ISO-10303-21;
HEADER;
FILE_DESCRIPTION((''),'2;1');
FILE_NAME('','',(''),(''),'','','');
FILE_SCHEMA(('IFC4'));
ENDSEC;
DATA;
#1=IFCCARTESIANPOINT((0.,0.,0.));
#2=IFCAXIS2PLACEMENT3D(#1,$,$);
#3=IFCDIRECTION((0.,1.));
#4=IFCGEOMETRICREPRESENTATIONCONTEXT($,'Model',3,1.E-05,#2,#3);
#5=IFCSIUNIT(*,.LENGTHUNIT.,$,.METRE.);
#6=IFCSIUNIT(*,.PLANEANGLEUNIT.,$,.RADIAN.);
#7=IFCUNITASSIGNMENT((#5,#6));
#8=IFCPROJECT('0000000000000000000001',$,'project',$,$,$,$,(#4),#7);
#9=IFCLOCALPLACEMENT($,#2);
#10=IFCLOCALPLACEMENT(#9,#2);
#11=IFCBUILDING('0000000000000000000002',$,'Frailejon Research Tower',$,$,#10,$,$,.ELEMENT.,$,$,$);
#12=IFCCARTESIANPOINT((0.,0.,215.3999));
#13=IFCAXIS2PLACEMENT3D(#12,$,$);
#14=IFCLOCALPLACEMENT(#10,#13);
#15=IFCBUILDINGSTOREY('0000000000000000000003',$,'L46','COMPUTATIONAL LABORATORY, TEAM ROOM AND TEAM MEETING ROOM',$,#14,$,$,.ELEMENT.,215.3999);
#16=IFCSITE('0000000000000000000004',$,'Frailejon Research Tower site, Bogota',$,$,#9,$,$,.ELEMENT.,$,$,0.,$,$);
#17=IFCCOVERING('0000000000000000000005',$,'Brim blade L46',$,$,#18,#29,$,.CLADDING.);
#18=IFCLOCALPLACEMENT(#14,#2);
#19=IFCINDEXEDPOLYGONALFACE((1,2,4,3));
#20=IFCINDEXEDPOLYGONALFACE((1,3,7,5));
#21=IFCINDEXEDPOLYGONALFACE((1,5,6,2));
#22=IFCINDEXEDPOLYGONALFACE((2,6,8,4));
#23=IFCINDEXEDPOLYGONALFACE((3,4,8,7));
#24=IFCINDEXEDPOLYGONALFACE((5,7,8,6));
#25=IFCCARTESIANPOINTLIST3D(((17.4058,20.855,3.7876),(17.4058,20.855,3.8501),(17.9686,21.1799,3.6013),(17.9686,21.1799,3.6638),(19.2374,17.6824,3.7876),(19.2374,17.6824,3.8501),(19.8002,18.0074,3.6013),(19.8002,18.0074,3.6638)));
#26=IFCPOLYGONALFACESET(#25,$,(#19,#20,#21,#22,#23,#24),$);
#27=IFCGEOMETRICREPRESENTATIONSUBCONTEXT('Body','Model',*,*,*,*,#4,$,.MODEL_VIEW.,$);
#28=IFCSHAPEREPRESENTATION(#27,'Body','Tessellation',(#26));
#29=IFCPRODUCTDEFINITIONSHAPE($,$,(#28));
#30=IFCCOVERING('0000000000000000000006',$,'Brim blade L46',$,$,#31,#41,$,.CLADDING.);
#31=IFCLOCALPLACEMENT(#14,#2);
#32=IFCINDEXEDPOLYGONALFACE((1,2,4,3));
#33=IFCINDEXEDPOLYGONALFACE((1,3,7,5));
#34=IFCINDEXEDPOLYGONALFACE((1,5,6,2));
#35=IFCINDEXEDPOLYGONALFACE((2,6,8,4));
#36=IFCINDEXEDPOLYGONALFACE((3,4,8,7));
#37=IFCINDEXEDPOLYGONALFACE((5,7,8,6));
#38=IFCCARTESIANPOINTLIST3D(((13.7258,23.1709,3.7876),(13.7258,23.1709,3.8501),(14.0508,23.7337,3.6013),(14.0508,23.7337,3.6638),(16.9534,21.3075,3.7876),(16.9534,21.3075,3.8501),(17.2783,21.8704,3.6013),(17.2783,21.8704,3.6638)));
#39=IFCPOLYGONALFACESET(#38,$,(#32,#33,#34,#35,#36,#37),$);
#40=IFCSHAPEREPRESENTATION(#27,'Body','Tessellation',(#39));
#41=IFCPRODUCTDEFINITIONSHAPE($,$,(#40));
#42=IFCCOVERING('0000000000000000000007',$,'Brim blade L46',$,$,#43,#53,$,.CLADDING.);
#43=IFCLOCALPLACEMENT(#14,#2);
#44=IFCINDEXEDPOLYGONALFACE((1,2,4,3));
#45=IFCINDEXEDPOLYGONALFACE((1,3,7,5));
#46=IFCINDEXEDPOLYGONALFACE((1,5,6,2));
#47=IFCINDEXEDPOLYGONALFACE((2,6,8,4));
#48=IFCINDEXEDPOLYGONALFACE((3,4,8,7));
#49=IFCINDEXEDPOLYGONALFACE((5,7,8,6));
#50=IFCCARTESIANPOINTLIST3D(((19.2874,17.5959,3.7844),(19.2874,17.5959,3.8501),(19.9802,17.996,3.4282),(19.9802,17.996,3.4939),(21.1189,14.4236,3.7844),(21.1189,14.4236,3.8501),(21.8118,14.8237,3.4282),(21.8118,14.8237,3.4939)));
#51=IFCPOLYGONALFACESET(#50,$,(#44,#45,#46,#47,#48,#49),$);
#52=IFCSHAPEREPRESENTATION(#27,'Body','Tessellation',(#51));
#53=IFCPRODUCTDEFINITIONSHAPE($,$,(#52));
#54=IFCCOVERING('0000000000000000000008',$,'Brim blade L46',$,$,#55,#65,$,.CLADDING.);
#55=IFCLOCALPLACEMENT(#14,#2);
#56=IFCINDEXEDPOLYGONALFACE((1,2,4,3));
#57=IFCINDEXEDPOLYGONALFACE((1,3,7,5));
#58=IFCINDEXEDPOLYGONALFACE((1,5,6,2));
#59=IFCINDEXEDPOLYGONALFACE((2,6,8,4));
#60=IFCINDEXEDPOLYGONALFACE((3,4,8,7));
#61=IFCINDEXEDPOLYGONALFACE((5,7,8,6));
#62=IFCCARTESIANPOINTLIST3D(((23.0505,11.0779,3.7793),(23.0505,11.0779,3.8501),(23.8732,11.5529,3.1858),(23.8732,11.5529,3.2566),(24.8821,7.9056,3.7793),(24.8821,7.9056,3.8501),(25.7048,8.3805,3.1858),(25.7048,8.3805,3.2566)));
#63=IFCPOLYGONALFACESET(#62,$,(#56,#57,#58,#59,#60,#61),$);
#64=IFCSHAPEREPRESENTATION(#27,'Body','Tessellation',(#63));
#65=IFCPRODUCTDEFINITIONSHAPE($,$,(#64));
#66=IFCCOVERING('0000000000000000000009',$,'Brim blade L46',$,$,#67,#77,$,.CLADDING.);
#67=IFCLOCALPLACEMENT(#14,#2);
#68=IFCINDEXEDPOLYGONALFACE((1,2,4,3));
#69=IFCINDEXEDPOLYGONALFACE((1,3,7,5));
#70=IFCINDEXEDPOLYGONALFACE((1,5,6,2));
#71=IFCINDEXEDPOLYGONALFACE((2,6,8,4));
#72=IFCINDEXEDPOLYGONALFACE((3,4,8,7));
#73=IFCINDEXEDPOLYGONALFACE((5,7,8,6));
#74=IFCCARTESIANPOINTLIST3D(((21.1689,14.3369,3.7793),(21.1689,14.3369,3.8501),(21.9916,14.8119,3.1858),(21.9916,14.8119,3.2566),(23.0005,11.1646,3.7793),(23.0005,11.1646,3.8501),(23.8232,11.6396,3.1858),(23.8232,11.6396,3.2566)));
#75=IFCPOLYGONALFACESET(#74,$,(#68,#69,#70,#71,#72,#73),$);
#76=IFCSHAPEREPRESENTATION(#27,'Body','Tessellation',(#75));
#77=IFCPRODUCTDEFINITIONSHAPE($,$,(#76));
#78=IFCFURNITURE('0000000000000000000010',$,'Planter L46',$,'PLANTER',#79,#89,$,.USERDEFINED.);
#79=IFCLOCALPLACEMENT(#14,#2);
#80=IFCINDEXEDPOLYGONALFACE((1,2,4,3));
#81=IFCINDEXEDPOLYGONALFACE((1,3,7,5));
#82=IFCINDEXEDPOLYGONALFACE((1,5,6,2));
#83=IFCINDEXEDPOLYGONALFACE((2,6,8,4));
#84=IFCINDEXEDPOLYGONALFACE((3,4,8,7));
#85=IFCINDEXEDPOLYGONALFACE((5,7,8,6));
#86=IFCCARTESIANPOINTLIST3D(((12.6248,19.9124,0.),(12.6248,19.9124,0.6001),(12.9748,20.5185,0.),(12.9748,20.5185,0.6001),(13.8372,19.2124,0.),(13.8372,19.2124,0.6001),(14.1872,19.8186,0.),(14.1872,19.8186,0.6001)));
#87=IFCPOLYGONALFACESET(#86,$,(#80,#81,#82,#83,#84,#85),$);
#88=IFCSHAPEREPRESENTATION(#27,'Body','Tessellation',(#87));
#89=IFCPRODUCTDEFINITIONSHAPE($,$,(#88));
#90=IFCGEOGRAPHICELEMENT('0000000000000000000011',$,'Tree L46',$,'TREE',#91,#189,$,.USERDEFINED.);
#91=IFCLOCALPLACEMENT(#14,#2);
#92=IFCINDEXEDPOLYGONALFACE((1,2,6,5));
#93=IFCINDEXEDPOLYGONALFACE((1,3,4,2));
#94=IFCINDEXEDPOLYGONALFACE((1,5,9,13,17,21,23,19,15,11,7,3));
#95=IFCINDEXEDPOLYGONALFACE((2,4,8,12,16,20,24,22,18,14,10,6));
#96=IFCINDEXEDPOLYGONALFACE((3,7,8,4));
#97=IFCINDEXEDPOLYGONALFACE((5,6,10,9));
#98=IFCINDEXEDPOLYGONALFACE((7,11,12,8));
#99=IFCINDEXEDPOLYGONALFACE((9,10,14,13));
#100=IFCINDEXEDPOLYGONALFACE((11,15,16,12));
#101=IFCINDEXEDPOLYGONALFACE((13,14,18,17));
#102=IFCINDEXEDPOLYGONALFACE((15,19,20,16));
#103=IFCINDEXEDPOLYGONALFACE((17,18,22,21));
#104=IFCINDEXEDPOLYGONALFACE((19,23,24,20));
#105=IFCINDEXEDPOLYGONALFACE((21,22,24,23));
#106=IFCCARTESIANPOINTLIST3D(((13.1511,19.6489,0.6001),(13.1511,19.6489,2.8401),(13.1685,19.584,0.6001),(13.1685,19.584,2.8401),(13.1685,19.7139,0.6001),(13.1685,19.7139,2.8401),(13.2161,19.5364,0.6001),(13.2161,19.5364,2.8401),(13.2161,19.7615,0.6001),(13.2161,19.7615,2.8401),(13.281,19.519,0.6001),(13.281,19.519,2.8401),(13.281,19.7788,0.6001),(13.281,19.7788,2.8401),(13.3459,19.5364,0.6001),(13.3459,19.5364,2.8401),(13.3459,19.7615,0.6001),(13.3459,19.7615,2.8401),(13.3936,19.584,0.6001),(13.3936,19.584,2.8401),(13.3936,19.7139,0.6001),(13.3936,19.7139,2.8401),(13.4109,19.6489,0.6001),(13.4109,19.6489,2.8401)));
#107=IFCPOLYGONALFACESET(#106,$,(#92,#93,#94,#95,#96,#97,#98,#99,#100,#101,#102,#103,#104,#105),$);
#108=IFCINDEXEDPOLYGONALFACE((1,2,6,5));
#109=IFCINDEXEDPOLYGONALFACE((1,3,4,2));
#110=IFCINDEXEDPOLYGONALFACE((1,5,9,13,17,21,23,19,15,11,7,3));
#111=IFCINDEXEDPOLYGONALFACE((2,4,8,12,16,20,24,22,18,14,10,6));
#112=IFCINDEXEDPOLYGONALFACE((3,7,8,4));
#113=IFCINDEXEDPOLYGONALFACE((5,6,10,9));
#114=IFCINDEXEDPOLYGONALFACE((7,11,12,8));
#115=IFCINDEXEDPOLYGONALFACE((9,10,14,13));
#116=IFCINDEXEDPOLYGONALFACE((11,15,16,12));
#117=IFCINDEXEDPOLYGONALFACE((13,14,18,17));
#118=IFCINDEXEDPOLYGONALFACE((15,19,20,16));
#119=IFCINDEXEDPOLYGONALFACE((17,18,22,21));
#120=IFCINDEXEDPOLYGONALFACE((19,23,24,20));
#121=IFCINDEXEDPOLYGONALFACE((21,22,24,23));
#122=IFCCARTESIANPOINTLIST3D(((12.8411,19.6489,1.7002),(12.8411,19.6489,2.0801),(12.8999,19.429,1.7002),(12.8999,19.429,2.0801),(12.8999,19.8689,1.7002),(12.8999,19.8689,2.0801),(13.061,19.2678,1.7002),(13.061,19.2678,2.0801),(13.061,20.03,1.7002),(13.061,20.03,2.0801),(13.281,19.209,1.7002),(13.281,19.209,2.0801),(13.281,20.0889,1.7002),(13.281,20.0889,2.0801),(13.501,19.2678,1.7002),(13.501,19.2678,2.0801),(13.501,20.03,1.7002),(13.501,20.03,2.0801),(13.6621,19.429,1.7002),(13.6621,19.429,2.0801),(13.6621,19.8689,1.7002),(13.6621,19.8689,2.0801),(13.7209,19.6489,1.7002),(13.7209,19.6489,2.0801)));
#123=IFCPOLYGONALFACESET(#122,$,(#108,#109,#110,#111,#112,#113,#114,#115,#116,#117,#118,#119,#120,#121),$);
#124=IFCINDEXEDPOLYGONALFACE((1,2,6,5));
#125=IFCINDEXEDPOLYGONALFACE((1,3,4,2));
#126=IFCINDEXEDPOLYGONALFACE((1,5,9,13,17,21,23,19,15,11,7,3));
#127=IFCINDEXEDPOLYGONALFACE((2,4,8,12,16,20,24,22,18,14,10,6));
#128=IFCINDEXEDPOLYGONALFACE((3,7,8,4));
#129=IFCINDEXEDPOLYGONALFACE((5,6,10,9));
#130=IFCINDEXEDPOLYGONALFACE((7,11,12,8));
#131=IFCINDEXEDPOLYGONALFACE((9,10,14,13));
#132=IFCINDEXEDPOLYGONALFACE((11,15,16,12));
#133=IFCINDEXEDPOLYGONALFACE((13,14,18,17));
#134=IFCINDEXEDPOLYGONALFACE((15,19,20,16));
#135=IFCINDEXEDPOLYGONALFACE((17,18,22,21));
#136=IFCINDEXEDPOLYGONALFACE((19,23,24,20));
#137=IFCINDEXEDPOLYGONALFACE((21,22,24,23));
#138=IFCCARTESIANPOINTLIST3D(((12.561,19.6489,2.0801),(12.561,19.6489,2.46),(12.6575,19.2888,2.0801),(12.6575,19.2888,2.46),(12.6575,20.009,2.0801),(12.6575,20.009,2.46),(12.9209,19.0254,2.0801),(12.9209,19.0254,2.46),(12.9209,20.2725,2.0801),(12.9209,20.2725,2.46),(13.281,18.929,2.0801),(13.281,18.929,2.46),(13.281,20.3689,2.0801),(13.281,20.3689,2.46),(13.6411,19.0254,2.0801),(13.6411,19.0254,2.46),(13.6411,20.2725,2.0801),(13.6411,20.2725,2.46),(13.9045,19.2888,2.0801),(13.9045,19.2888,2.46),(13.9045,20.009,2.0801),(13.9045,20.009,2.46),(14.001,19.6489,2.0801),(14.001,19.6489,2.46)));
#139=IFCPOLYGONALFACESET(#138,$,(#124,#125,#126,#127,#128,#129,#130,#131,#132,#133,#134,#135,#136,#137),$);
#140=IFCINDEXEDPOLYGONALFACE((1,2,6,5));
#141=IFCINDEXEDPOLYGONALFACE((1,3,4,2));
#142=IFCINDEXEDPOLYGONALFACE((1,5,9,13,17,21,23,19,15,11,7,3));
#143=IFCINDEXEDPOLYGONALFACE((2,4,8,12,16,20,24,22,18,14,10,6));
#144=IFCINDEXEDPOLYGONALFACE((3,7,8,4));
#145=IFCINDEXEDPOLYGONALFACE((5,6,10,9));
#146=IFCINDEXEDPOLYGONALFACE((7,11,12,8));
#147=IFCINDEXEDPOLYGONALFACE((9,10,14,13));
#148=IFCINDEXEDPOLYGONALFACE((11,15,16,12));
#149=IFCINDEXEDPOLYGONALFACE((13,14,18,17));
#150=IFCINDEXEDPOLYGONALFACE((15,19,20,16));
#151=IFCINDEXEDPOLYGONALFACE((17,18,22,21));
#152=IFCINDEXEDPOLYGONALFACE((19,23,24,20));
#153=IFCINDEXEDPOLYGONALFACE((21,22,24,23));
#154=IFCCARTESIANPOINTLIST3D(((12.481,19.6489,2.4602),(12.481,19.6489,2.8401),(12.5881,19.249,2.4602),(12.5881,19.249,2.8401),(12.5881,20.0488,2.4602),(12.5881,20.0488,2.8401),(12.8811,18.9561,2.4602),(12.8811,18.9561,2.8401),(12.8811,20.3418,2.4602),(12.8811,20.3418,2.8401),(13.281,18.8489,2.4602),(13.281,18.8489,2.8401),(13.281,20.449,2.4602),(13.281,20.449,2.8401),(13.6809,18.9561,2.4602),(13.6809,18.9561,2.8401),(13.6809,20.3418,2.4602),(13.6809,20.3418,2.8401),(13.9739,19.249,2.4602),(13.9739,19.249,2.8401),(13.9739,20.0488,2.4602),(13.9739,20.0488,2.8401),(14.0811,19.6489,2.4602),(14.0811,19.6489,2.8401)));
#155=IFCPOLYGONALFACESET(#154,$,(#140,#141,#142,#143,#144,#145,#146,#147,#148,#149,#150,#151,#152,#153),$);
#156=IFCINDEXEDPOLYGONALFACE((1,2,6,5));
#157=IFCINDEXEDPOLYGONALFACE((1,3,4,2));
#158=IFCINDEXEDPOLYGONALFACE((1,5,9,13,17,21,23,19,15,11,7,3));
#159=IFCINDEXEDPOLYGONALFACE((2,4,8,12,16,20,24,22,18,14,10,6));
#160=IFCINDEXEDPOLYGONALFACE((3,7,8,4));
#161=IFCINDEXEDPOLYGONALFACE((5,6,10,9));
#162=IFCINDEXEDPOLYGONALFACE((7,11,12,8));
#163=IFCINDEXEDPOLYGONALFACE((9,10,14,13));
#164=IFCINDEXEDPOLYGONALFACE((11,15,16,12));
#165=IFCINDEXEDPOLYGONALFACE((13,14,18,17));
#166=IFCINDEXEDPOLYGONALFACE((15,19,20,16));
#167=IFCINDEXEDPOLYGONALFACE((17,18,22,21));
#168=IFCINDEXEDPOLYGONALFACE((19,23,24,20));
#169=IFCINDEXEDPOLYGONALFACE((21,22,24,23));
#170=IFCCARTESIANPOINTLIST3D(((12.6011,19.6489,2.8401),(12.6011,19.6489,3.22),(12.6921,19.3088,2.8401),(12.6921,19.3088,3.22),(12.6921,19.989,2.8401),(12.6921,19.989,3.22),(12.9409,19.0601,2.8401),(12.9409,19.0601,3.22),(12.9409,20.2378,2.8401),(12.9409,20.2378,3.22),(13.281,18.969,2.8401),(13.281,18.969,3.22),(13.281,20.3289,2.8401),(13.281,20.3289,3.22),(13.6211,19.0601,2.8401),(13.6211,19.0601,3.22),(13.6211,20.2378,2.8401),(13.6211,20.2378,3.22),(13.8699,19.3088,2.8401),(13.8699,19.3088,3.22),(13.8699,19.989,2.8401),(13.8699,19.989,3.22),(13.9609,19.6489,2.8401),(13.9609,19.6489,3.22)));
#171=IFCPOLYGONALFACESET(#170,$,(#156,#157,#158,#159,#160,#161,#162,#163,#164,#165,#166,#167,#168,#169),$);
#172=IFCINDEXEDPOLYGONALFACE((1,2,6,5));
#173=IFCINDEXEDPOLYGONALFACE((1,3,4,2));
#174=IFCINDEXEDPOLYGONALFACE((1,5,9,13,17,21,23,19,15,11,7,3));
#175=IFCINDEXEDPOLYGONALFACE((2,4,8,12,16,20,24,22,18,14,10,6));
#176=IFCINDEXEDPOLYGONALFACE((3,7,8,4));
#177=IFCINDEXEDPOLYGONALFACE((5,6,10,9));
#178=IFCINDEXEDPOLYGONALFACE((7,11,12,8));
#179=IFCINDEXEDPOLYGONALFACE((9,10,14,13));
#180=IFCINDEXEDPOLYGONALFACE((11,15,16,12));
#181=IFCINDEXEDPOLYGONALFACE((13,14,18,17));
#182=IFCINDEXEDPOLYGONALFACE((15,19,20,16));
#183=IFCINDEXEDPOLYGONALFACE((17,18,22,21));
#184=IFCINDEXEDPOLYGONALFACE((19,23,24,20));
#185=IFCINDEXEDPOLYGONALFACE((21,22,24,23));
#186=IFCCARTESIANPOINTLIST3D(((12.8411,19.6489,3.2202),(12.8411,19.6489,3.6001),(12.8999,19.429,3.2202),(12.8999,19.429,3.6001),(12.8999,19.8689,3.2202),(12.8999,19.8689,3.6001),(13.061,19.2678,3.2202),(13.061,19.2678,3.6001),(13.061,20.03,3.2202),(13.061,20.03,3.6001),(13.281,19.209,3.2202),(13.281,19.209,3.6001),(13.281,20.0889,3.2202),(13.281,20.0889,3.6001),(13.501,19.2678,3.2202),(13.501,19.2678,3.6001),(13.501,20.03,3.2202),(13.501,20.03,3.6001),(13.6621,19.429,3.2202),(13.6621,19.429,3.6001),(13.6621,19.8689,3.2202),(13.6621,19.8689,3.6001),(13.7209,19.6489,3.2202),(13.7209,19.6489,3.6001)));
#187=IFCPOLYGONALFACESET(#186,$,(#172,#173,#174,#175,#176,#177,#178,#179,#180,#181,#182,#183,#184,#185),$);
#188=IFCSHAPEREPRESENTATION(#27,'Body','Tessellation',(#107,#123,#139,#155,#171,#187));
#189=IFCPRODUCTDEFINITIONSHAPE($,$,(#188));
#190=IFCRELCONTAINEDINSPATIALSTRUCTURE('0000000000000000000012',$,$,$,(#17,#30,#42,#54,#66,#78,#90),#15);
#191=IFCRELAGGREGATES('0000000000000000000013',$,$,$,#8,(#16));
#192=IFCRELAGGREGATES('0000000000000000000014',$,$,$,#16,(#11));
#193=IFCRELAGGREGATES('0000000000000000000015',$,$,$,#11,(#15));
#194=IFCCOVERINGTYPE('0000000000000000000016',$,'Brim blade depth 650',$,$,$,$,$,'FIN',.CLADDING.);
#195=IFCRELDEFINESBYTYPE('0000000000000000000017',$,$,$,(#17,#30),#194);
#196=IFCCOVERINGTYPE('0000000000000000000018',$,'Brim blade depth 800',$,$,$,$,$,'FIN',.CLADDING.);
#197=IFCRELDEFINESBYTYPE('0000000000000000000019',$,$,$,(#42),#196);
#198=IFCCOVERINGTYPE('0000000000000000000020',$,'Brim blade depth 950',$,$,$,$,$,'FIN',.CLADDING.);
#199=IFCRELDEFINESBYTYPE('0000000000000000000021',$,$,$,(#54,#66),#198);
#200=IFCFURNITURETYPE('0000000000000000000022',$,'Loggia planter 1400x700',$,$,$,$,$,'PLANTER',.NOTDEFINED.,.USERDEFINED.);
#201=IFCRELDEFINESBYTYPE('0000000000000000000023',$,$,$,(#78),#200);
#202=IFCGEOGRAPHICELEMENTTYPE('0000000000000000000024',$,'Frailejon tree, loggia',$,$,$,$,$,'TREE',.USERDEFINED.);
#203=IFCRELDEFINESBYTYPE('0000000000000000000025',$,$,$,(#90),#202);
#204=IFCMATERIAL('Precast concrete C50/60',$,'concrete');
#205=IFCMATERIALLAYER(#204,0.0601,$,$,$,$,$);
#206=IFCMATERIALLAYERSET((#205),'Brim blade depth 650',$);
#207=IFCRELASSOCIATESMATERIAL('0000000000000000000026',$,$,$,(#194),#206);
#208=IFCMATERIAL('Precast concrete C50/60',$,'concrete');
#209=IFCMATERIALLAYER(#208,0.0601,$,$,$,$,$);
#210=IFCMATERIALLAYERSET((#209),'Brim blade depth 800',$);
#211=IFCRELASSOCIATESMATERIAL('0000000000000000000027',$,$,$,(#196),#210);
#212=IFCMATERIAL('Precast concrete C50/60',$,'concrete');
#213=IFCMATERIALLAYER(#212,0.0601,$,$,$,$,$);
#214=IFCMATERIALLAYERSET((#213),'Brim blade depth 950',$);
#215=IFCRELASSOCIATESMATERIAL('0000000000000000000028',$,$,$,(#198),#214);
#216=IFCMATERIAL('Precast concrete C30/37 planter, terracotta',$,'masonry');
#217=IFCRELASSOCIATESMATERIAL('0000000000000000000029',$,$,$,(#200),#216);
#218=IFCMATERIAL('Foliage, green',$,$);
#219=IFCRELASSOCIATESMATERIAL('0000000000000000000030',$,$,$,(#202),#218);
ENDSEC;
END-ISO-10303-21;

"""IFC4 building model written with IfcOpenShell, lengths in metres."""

from ifc_helpers import new_model, si_unit, direction, frame, origin, origin_2d, place, context, subcontext, project, spatial, polyline, rectangle, outline, extrude, material, layer, layer_set, type_object, element, save


model = new_model("IFC4")

# Units and contexts
model_context = context("Model", 3, precision=1e-05, world=origin(), true_north=direction((0.0, 1.0)))
body_context = subcontext(model_context, "Body", "Model", "MODEL_VIEW")
ifc_project = project(units=[si_unit("LENGTHUNIT", "METRE"), si_unit("PLANEANGLEUNIT", "RADIAN")], contexts=[model_context])

# Site, building, storey
site_placement = place(None, origin())
site = spatial("IfcSite", under=ifc_project, at=site_placement, Name="Frailejon Research Tower site, Bogota", CompositionType="ELEMENT", RefElevation=0.0)
building_placement = place(site_placement, origin())
building = spatial("IfcBuilding", under=site, at=building_placement, Name="Frailejon Research Tower", CompositionType="ELEMENT")
storey_placement = place(building_placement, frame((0.0, 0.0, 215.3999)))
storey = spatial("IfcBuildingStorey", under=building, at=storey_placement, Name="L46", Description="COMPUTATIONAL LABORATORY, TEAM ROOM AND TEAM MEETING ROOM", CompositionType="ELEMENT", Elevation=215.3999)

# Coverings
ifc_material_1 = material(Name="Precast concrete C50/60", Category="concrete")
ifc_layer_1 = layer(ifc_material_1, 0.0601)
ifc_layer_set_1 = layer_set([ifc_layer_1], Name="Brim blade depth 650")
covering_type_1 = type_object("IfcCoveringType", Name="Brim blade depth 650", ElementType="FIN", PredefinedType="CLADDING", material=ifc_layer_set_1)
covering_1_placement = place(storey_placement, frame((17.4058, 20.855, 3.8501), z_axis=(0.499992, -0.86603, 0.0), x_axis=(0.86603, 0.499992, 0.0)))
element("IfcCovering", 1, at=covering_1_placement, inside=storey, type_object=covering_type_1, Name="Brim blade L46", PredefinedType="CLADDING", context=body_context, shape_type="SweptSolid", body=[
    extrude(outline(polyline([(0.0, -0.0625), (0.6499, -0.2488), (0.6499, -0.1863), (0.0, 0.0), (0.0, -0.0625)])), origin(), (0.0, 0.0, 1.0), 3.6633),
])
covering_2_placement = place(storey_placement, frame((13.7258, 23.1709, 3.8501), z_axis=(0.86603, -0.499992, 0.0), x_axis=(0.499992, 0.86603, 0.0)))
element("IfcCovering", 2, at=covering_2_placement, inside=storey, type_object=covering_type_1, Name="Brim blade L46", PredefinedType="CLADDING", context=body_context, shape_type="SweptSolid", body=[
    extrude(outline(polyline([(0.0, -0.0625), (0.6499, -0.2488), (0.6499, -0.1863), (0.0, 0.0), (0.0, -0.0625)])), origin(), (0.0, 0.0, 1.0), 3.7268),
])
ifc_material_2 = material(Name="Precast concrete C50/60", Category="concrete")
ifc_layer_2 = layer(ifc_material_2, 0.0601)
ifc_layer_set_2 = layer_set([ifc_layer_2], Name="Brim blade depth 800")
covering_type_2 = type_object("IfcCoveringType", Name="Brim blade depth 800", ElementType="FIN", PredefinedType="CLADDING", material=ifc_layer_set_2)
covering_3_placement = place(storey_placement, frame((19.2874, 17.5959, 3.8501), z_axis=(0.500003, -0.866024, 0.0), x_axis=(0.866024, 0.500003, 0.0)))
element("IfcCovering", 3, at=covering_3_placement, inside=storey, type_object=covering_type_2, Name="Brim blade L46", PredefinedType="CLADDING", context=body_context, shape_type="SweptSolid", body=[
    extrude(outline(polyline([(0.0, -0.0657), (0.8, -0.4219), (0.8, -0.3562), (0.0, 0.0), (0.0, -0.0657)])), origin(), (0.0, 0.0, 1.0), 3.6631),
])
ifc_material_3 = material(Name="Precast concrete C50/60", Category="concrete")
ifc_layer_3 = layer(ifc_material_3, 0.0601)
ifc_layer_set_3 = layer_set([ifc_layer_3], Name="Brim blade depth 950")
covering_type_3 = type_object("IfcCoveringType", Name="Brim blade depth 950", ElementType="FIN", PredefinedType="CLADDING", material=ifc_layer_set_3)
for number, where, z_axis, x_axis, name in (
    (4, (23.0505, 11.0779, 3.8501), (0.500003, -0.866024, 0.0), (0.866024, 0.500003, 0.0), "Brim blade L46"),
    (5, (21.1689, 14.3369, 3.8501), (0.500003, -0.866024, 0.0), (0.866024, 0.500003, 0.0), "Brim blade L46"),
):
    element("IfcCovering", number, at=place(storey_placement, frame(where, z_axis=z_axis, x_axis=x_axis)), inside=storey, type_object=covering_type_3, Name=name, PredefinedType="CLADDING", context=body_context, shape_type="SweptSolid", body=[
        extrude(outline(polyline([(0.0, -0.0708), (0.95, -0.6643), (0.95, -0.5935), (0.0, 0.0), (0.0, -0.0708)])), origin(), (0.0, 0.0, 1.0), 3.6631),
    ])

# Furniture
ifc_material_4 = material(Name="Precast concrete C30/37 planter, terracotta", Category="masonry")
furniture_type = type_object("IfcFurnitureType", Name="Loggia planter 1400x700", ElementType="PLANTER", AssemblyPlace="NOTDEFINED", PredefinedType="USERDEFINED", material=ifc_material_4)
furniture_placement = place(storey_placement, frame((13.406, 19.8655, 0.0), z_axis=(0.0, 0.0, 1.0), x_axis=(-0.866025, 0.5, 0.0)))
element("IfcFurniture", 6, at=furniture_placement, inside=storey, type_object=furniture_type, Name="Planter L46", ObjectType="PLANTER", PredefinedType="USERDEFINED", context=body_context, shape_type="SweptSolid", body=[
    extrude(rectangle(XDim=1.3999, YDim=0.7, at=origin_2d()), origin(), (0.0, 0.0, 1.0), 0.6001),
])

# Geographic element
ifc_material_5 = material(Name="Foliage, green")
geographic_element_type = type_object("IfcGeographicElementType", Name="Frailejon tree, loggia", ElementType="TREE", PredefinedType="USERDEFINED", material=ifc_material_5)
geographic_element_placement = place(storey_placement, frame((13.281, 19.6489, 0.6001)))
element("IfcGeographicElement", 7, at=geographic_element_placement, inside=storey, type_object=geographic_element_type, Name="Tree L46", ObjectType="TREE", PredefinedType="USERDEFINED", context=body_context, shape_type="SweptSolid", body=[
    extrude(outline(polyline([(0.1299, 0.0), (0.1125, 0.0649), (0.0649, 0.1125), (0.0, 0.1299), (-0.0649, 0.1125), (-0.1125, 0.0649), (-0.1299, 0.0), (-0.1125, -0.0649), (-0.0649, -0.1125), (0.0, -0.1299), (0.0649, -0.1125), (0.1125, -0.0649), (0.1299, 0.0)])), origin(), (0.0, 0.0, 1.0), 2.24),
    extrude(outline(polyline([(0.4399, 0.0), (0.3811, 0.22), (0.22, 0.3811), (0.0, 0.4399), (-0.22, 0.3811), (-0.3811, 0.22), (-0.4399, 0.0), (-0.3811, -0.22), (-0.22, -0.3811), (0.0, -0.4399), (0.22, -0.3811), (0.3811, -0.22), (0.4399, 0.0)])), frame((0.0, 0.0, 1.1001)), (0.0, 0.0, 1.0), 0.3799),
    extrude(outline(polyline([(0.72, 0.0), (0.6235, 0.3601), (0.3601, 0.6235), (0.0, 0.72), (-0.3601, 0.6235), (-0.6235, 0.3601), (-0.72, 0.0), (-0.6235, -0.3601), (-0.3601, -0.6235), (0.0, -0.72), (0.3601, -0.6235), (0.6235, -0.3601), (0.72, 0.0)])), frame((0.0, 0.0, 1.48)), (0.0, 0.0, 1.0), 0.3799),
    extrude(outline(polyline([(0.8, 0.0), (0.6929, 0.3999), (0.3999, 0.6929), (0.0, 0.8), (-0.3999, 0.6929), (-0.6929, 0.3999), (-0.8, 0.0), (-0.6929, -0.3999), (-0.3999, -0.6929), (0.0, -0.8), (0.3999, -0.6929), (0.6929, -0.3999), (0.8, 0.0)])), frame((0.0, 0.0, 1.8601)), (0.0, 0.0, 1.0), 0.3799),
    extrude(outline(polyline([(0.6799, 0.0), (0.5889, 0.3401), (0.3401, 0.5889), (0.0, 0.6799), (-0.3401, 0.5889), (-0.5889, 0.3401), (-0.6799, 0.0), (-0.5889, -0.3401), (-0.3401, -0.5889), (0.0, -0.6799), (0.3401, -0.5889), (0.5889, -0.3401), (0.6799, 0.0)])), frame((0.0, 0.0, 2.24)), (0.0, 0.0, 1.0), 0.3799),
    extrude(outline(polyline([(0.4399, 0.0), (0.3811, 0.22), (0.22, 0.3811), (0.0, 0.4399), (-0.22, 0.3811), (-0.3811, 0.22), (-0.4399, 0.0), (-0.3811, -0.22), (-0.22, -0.3811), (0.0, -0.4399), (0.22, -0.3811), (0.3811, -0.22), (0.4399, 0.0)])), frame((0.0, 0.0, 2.6201)), (0.0, 0.0, 1.0), 0.3799),
])

save(model, "model.ifc")
